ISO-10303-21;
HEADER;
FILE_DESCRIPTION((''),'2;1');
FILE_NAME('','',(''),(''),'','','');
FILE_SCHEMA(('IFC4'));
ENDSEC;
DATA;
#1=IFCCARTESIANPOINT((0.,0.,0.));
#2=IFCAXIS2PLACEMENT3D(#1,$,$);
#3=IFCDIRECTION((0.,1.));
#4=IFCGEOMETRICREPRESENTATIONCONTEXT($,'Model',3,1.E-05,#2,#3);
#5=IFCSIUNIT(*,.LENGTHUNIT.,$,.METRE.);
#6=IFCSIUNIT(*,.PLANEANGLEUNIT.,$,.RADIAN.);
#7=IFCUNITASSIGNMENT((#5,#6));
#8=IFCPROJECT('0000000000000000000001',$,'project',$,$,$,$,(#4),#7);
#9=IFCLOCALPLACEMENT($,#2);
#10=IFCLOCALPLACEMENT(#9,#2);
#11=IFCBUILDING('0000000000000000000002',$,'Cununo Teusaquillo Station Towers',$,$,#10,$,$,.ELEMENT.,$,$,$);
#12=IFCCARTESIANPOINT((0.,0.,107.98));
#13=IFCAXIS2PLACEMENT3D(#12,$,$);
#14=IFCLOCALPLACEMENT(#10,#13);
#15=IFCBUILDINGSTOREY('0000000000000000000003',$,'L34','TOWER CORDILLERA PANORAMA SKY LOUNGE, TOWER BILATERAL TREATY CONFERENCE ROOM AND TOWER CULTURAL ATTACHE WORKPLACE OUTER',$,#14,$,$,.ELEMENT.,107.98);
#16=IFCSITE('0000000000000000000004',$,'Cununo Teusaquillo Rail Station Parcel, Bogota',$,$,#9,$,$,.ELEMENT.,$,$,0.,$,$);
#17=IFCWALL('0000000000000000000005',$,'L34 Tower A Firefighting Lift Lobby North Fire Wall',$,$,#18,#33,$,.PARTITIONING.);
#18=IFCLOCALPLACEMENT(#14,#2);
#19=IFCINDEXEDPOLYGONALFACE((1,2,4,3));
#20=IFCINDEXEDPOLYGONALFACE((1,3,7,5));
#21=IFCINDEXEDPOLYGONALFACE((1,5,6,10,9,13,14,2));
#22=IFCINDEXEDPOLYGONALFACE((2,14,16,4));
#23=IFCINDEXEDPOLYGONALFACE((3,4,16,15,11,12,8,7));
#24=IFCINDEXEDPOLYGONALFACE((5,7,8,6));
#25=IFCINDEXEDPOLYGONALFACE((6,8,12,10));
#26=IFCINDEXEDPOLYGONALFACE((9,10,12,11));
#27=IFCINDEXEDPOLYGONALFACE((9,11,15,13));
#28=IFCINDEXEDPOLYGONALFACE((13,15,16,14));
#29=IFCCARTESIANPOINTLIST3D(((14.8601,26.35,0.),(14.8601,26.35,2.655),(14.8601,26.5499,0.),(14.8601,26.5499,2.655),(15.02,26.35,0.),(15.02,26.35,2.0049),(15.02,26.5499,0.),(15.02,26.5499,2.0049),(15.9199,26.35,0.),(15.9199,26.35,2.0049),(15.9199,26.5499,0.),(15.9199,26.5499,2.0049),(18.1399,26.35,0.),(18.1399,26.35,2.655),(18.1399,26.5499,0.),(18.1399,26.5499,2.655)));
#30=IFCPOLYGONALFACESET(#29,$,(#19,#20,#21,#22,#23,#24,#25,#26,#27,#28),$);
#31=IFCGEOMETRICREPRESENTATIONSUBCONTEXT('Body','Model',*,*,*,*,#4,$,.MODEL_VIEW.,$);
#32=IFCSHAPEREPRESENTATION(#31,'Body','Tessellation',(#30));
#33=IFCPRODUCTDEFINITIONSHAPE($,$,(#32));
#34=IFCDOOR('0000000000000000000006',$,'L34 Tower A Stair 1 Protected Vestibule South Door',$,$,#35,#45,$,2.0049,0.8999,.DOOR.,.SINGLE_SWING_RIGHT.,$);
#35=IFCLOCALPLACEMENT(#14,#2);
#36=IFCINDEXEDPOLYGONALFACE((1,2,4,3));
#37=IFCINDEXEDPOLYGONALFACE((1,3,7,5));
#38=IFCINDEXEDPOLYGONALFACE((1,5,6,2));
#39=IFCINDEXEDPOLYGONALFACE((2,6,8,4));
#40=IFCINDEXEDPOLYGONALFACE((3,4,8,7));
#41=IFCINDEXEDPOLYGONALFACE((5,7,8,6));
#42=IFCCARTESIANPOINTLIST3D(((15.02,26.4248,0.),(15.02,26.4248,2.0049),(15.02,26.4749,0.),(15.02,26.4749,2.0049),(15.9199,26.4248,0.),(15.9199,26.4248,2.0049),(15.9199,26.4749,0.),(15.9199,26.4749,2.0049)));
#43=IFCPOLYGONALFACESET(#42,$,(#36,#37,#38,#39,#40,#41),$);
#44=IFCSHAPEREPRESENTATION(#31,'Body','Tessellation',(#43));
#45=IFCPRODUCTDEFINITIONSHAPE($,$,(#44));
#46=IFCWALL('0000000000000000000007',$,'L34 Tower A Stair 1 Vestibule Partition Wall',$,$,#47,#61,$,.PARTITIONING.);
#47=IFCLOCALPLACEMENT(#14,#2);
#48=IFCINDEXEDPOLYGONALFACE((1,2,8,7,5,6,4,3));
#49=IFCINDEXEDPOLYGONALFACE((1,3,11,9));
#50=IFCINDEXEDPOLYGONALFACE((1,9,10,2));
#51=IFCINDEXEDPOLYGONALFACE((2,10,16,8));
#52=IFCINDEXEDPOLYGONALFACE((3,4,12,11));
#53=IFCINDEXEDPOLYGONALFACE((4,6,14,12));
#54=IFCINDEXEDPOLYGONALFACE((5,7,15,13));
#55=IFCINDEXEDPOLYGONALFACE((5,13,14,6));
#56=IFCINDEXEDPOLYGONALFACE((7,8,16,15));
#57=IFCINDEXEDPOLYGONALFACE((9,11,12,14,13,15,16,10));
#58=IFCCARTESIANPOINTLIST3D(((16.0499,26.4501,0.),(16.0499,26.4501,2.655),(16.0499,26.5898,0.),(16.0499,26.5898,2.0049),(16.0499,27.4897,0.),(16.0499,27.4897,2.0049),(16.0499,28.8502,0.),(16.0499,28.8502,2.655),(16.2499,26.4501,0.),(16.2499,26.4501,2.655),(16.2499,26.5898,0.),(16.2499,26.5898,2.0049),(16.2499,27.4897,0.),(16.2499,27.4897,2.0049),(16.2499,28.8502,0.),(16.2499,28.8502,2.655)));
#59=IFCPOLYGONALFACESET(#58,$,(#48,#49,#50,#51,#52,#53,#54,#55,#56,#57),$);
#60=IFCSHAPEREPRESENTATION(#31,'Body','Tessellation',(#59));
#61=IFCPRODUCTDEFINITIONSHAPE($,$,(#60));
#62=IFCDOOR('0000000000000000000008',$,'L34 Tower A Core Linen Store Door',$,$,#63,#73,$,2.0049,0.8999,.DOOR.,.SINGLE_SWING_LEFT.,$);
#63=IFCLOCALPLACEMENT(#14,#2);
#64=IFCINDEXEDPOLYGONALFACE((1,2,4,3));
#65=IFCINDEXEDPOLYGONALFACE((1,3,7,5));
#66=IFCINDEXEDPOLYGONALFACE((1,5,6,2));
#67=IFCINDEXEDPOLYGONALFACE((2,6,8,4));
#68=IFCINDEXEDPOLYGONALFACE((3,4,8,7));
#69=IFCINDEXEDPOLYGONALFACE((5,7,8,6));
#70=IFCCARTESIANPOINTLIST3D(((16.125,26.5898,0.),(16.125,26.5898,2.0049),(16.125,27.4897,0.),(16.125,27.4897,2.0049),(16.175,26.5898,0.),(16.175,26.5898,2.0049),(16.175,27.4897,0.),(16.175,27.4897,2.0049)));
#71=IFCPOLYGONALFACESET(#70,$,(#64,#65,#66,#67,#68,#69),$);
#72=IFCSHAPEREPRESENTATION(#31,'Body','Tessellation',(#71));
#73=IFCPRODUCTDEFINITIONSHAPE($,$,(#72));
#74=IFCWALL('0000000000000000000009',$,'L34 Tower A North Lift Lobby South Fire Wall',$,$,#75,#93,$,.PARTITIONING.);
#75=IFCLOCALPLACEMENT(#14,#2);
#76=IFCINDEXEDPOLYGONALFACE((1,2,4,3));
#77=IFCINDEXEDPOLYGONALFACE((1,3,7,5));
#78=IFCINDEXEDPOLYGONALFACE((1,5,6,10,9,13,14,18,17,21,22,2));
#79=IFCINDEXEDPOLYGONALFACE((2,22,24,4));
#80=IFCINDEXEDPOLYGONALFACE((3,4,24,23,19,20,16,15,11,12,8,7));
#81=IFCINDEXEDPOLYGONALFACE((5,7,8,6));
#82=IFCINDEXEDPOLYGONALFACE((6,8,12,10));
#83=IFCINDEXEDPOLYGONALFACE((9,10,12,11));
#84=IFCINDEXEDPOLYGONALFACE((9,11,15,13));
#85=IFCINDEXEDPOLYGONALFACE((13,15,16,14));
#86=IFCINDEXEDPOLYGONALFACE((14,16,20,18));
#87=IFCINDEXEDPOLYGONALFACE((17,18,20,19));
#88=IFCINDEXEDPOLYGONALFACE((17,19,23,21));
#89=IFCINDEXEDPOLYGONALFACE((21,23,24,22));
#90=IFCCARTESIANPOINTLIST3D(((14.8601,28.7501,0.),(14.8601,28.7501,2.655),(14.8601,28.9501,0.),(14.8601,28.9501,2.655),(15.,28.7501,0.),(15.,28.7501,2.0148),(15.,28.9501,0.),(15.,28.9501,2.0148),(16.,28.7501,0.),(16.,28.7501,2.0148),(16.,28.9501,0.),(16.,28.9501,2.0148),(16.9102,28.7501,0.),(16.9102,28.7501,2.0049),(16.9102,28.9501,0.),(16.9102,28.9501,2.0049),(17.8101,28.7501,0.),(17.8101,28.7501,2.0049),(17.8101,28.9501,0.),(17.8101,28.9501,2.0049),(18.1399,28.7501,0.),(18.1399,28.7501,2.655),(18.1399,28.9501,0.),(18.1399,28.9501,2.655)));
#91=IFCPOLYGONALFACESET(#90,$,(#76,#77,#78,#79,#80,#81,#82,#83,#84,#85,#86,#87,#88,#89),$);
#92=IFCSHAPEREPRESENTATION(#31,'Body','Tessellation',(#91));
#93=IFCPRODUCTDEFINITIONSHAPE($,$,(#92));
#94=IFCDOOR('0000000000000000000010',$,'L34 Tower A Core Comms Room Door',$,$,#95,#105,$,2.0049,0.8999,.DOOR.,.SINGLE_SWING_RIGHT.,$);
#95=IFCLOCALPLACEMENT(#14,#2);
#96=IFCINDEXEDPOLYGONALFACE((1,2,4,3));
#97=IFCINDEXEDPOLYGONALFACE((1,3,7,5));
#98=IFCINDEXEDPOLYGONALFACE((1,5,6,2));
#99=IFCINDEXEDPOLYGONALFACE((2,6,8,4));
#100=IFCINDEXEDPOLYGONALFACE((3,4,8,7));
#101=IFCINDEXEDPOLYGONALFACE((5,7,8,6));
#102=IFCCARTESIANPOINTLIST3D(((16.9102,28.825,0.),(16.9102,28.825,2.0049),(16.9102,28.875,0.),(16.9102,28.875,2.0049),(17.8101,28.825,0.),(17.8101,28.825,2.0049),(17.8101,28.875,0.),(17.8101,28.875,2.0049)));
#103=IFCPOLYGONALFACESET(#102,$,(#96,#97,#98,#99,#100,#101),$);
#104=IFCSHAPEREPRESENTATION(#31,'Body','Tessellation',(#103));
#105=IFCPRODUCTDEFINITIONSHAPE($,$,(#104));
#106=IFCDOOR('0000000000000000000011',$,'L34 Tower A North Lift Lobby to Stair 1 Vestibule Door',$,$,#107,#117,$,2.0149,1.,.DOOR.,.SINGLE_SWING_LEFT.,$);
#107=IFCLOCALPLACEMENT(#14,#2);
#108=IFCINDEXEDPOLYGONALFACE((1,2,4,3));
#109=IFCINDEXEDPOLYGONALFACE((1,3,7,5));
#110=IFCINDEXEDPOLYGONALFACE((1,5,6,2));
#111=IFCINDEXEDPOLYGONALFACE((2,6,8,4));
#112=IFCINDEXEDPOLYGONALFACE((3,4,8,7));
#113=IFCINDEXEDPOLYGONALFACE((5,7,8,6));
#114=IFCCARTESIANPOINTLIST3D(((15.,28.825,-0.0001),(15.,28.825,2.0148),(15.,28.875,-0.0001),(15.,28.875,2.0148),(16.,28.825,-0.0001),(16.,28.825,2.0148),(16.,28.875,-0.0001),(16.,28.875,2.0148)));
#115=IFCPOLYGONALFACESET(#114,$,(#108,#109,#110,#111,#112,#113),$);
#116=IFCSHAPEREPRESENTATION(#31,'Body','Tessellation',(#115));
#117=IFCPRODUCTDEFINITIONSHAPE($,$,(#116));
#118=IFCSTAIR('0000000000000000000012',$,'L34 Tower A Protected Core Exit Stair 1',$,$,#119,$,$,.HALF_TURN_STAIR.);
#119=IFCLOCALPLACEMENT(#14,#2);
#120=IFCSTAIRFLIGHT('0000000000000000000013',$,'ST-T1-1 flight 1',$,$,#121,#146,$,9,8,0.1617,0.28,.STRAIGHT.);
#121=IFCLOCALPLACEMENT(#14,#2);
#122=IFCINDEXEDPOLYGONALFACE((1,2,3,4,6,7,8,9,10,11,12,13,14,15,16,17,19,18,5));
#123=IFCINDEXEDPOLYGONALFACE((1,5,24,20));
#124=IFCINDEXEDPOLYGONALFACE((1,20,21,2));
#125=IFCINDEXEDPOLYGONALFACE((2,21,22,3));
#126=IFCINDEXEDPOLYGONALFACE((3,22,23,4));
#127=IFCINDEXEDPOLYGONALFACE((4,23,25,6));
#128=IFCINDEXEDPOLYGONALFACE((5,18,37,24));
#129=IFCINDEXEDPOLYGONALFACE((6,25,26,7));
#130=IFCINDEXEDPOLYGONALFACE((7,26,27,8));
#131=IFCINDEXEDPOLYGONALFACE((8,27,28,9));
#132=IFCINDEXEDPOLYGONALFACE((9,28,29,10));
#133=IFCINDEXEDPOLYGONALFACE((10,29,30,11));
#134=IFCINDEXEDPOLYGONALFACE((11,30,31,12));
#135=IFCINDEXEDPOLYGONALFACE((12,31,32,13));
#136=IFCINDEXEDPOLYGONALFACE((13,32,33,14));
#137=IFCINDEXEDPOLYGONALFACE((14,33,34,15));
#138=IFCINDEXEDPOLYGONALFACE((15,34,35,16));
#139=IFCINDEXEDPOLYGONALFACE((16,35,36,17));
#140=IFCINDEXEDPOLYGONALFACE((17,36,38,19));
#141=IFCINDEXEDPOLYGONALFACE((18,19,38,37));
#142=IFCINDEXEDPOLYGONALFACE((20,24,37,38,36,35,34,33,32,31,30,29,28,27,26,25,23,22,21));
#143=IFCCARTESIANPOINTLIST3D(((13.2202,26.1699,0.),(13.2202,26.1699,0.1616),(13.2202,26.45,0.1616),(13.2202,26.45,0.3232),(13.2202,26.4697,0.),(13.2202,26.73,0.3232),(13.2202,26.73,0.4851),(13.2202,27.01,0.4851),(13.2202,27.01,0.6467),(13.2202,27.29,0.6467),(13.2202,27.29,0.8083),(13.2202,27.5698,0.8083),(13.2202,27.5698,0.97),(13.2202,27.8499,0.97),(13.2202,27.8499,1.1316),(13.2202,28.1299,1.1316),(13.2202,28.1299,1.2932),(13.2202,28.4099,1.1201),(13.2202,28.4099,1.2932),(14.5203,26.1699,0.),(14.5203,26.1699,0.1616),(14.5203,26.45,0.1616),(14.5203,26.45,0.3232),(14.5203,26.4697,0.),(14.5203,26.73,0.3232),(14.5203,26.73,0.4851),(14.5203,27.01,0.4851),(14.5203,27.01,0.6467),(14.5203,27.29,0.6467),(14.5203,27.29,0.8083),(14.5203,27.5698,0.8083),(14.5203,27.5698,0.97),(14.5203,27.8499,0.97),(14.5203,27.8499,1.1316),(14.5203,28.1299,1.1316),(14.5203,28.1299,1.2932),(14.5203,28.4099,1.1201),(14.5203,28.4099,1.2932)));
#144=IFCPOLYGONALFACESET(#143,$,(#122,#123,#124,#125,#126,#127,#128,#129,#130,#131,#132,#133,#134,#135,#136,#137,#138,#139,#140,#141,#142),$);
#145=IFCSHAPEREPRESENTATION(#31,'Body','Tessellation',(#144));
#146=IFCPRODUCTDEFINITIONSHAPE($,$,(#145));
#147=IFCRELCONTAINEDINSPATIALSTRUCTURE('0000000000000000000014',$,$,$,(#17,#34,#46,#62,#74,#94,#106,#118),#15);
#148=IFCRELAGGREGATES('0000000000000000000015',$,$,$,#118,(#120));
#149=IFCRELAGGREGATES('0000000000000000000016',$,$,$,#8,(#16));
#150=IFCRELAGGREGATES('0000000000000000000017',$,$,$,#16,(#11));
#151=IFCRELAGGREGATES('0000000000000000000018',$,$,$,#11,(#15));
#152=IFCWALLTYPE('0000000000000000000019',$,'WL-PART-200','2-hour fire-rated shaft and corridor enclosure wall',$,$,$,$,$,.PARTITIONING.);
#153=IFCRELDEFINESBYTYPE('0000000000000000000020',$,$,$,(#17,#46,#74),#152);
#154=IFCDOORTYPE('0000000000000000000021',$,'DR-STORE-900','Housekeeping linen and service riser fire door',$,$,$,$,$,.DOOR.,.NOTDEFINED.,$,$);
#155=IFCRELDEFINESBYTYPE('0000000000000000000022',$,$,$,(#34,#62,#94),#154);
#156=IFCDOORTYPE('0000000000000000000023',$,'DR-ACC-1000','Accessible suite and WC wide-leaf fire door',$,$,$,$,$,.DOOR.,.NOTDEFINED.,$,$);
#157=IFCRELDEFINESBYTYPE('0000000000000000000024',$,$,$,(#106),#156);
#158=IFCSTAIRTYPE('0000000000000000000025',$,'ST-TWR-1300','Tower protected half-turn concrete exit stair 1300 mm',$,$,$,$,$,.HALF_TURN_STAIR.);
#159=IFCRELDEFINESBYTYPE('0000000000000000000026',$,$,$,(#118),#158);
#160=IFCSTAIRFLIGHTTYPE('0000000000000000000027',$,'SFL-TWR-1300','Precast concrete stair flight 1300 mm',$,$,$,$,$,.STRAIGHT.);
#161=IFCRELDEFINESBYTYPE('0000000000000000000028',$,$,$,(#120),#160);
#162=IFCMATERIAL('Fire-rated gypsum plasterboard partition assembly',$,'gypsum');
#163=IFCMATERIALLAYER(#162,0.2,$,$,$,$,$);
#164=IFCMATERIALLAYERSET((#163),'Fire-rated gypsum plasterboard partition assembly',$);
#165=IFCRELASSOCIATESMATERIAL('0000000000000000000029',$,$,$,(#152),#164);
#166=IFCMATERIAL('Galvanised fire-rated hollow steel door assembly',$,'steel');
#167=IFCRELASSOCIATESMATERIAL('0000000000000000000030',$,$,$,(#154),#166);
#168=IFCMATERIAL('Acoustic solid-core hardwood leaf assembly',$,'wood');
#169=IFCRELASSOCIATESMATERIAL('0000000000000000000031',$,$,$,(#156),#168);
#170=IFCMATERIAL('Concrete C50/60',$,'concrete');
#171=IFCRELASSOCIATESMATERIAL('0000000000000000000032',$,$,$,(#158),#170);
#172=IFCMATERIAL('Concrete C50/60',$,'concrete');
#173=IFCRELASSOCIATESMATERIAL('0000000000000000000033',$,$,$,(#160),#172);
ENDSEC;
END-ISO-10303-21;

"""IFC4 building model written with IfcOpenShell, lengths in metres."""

from ifc_helpers import new_model, si_unit, direction, frame, frame_2d, origin, place, context, subcontext, project, spatial, polyline, rectangle, outline, extrude, source, transform, mapped, material, layer, layer_set, type_object, element, fill, aggregate, save


model = new_model("IFC4")

# Units and contexts
model_context = context("Model", 3, precision=1e-05, world=origin(), true_north=direction((0.0, 1.0)))
body_context = subcontext(model_context, "Body", "Model", "MODEL_VIEW")
ifc_project = project(units=[si_unit("LENGTHUNIT", "METRE"), si_unit("PLANEANGLEUNIT", "RADIAN")], contexts=[model_context])

# Site, building, storey
site_placement = place(None, origin())
site = spatial("IfcSite", under=ifc_project, at=site_placement, Name="Cununo Teusaquillo Rail Station Parcel, Bogota", CompositionType="ELEMENT", RefElevation=0.0)
building_placement = place(site_placement, origin())
building = spatial("IfcBuilding", under=site, at=building_placement, Name="Cununo Teusaquillo Station Towers", CompositionType="ELEMENT")
storey_placement = place(building_placement, frame((0.0, 0.0, 107.98)))
storey = spatial("IfcBuildingStorey", under=building, at=storey_placement, Name="L34", Description="TOWER CORDILLERA PANORAMA SKY LOUNGE, TOWER BILATERAL TREATY CONFERENCE ROOM AND TOWER CULTURAL ATTACHE WORKPLACE OUTER", CompositionType="ELEMENT", Elevation=107.98)

# Walls, openings, doors
ifc_material_1 = material(Name="Fire-rated gypsum plasterboard partition assembly", Category="gypsum")
ifc_layer_1 = layer(ifc_material_1, 0.2)
ifc_layer_set_1 = layer_set([ifc_layer_1], Name="Fire-rated gypsum plasterboard partition assembly")
wall_type_1 = type_object("IfcWallType", Name="WL-PART-200", Description="2-hour fire-rated shaft and corridor enclosure wall", PredefinedType="PARTITIONING", material=ifc_layer_set_1)
wall_1_placement = place(storey_placement, frame((14.8601, 26.45, 0.0), z_axis=(0.0, 0.0, 1.0), x_axis=(1.0, 0.0, 0.0)))
wall_1 = element("IfcWall", 1, at=wall_1_placement, inside=storey, type_object=wall_type_1, Name="L34 Tower A Firefighting Lift Lobby North Fire Wall", PredefinedType="PARTITIONING", context=body_context, shape_type="SweptSolid", body=[
    extrude(rectangle(XDim=3.2798, YDim=0.2, at=frame_2d((1.6399, 0.0))), origin(), (0.0, 0.0, 1.0), 2.655),
])
shared_shape_1 = source(origin(), body_context, "Body", "SweptSolid", [
    extrude(rectangle(XDim=0.8999, YDim=2.0049, at=frame_2d((0.45, 1.0024))), frame((0.0, 0.1099, 0.0), z_axis=(0.0, -1.0, 0.0), x_axis=(1.0, 0.0, 0.0)), (0.0, 0.0, 1.0), 0.22),
])
opening_1_placement = place(wall_1_placement, frame((0.1599, 0.0, 0.0)))
opening_1 = element("IfcOpeningElement", 2, at=opening_1_placement, cuts=wall_1, PredefinedType="OPENING", context=body_context, shape_type="MappedRepresentation", body=[
    mapped(shared_shape_1, transform((0.0, 0.0, 0.0), x_axis=(1.0, 0.0, 0.0), y_axis=(0.0, 1.0, 0.0), z_axis=(0.0, 0.0, 1.0), scale=1.0)),
])
ifc_material_2 = material(Name="Galvanised fire-rated hollow steel door assembly", Category="steel")
door_type_1 = type_object("IfcDoorType", Name="DR-STORE-900", Description="Housekeeping linen and service riser fire door", OperationType="NOTDEFINED", PredefinedType="DOOR", material=ifc_material_2)
shared_shape_2 = source(origin(), body_context, "Body", "SweptSolid", [
    extrude(rectangle(XDim=0.8999, YDim=2.0049, at=frame_2d((0.45, 1.0024))), frame((0.0, 0.0249, 0.0), z_axis=(0.0, -1.0, 0.0), x_axis=(1.0, 0.0, 0.0)), (0.0, 0.0, 1.0), 0.05),
])
door_1_placement = place(opening_1_placement, origin())
door_1 = element("IfcDoor", 3, at=door_1_placement, inside=storey, type_object=door_type_1, Name="L34 Tower A Stair 1 Protected Vestibule South Door", OperationType="SINGLE_SWING_RIGHT", OverallHeight=2.0049, OverallWidth=0.8999, PredefinedType="DOOR", context=body_context, shape_type="MappedRepresentation", body=[
    mapped(shared_shape_2, transform((0.0, 0.0, 0.0), x_axis=(1.0, 0.0, 0.0), y_axis=(0.0, 1.0, 0.0), z_axis=(0.0, 0.0, 1.0), scale=1.0)),
])
fill(opening_1, door_1)
wall_2_placement = place(storey_placement, frame((16.1499, 26.45, 0.0), z_axis=(0.0, 0.0, 1.0), x_axis=(0.0, 1.0, 0.0)))
wall_2 = element("IfcWall", 4, at=wall_2_placement, inside=storey, type_object=wall_type_1, Name="L34 Tower A Stair 1 Vestibule Partition Wall", PredefinedType="PARTITIONING", context=body_context, shape_type="SweptSolid", body=[
    extrude(rectangle(XDim=2.4001, YDim=0.2, at=frame_2d((1.2002, 0.0))), origin(), (0.0, 0.0, 1.0), 2.655),
])
opening_2_placement = place(wall_2_placement, frame((0.1399, 0.0, 0.0)))
opening_2 = element("IfcOpeningElement", 5, at=opening_2_placement, cuts=wall_2, PredefinedType="OPENING", context=body_context, shape_type="MappedRepresentation", body=[
    mapped(shared_shape_1, transform((0.0, 0.0, 0.0), x_axis=(1.0, 0.0, 0.0), y_axis=(0.0, 1.0, 0.0), z_axis=(0.0, 0.0, 1.0), scale=1.0)),
])
door_2_placement = place(opening_2_placement, origin())
door_2 = element("IfcDoor", 6, at=door_2_placement, inside=storey, type_object=door_type_1, Name="L34 Tower A Core Linen Store Door", OperationType="SINGLE_SWING_LEFT", OverallHeight=2.0049, OverallWidth=0.8999, PredefinedType="DOOR", context=body_context, shape_type="MappedRepresentation", body=[
    mapped(shared_shape_2, transform((0.0, 0.0, 0.0), x_axis=(1.0, 0.0, 0.0), y_axis=(0.0, 1.0, 0.0), z_axis=(0.0, 0.0, 1.0), scale=1.0)),
])
fill(opening_2, door_2)

# Wall, openings, doors
wall_3_placement = place(storey_placement, frame((14.8601, 28.8501, 0.0), z_axis=(0.0, 0.0, 1.0), x_axis=(1.0, 0.0, 0.0)))
wall_3 = element("IfcWall", 7, at=wall_3_placement, inside=storey, type_object=wall_type_1, Name="L34 Tower A North Lift Lobby South Fire Wall", PredefinedType="PARTITIONING", context=body_context, shape_type="SweptSolid", body=[
    extrude(rectangle(XDim=3.2798, YDim=0.2, at=frame_2d((1.6399, 0.0))), origin(), (0.0, 0.0, 1.0), 2.655),
])
shared_shape_3 = source(origin(), body_context, "Body", "SweptSolid", [
    extrude(rectangle(XDim=1.0, YDim=2.0149, at=frame_2d((0.5, 1.0073))), frame((0.0, 0.1099, 0.0), z_axis=(0.0, -1.0, 0.0), x_axis=(1.0, 0.0, 0.0)), (0.0, 0.0, 1.0), 0.22),
])
opening_3_placement = place(wall_3_placement, frame((0.1399, 0.0, 0.0)))
opening_3 = element("IfcOpeningElement", 8, at=opening_3_placement, cuts=wall_3, PredefinedType="OPENING", context=body_context, shape_type="MappedRepresentation", body=[
    mapped(shared_shape_3, transform((0.0, 0.0, 0.0), x_axis=(1.0, 0.0, 0.0), y_axis=(0.0, 1.0, 0.0), z_axis=(0.0, 0.0, 1.0), scale=1.0)),
])
opening_4_placement = place(wall_3_placement, frame((2.05, 0.0, 0.0)))
opening_4 = element("IfcOpeningElement", 9, at=opening_4_placement, cuts=wall_3, PredefinedType="OPENING", context=body_context, shape_type="MappedRepresentation", body=[
    mapped(shared_shape_1, transform((0.0, 0.0, 0.0), x_axis=(1.0, 0.0, 0.0), y_axis=(0.0, 1.0, 0.0), z_axis=(0.0, 0.0, 1.0), scale=1.0)),
])
door_3_placement = place(opening_4_placement, origin())
door_3 = element("IfcDoor", 10, at=door_3_placement, inside=storey, type_object=door_type_1, Name="L34 Tower A Core Comms Room Door", OperationType="SINGLE_SWING_RIGHT", OverallHeight=2.0049, OverallWidth=0.8999, PredefinedType="DOOR", context=body_context, shape_type="MappedRepresentation", body=[
    mapped(shared_shape_2, transform((0.0, 0.0, 0.0), x_axis=(1.0, 0.0, 0.0), y_axis=(0.0, 1.0, 0.0), z_axis=(0.0, 0.0, 1.0), scale=1.0)),
])
fill(opening_4, door_3)
ifc_material_3 = material(Name="Acoustic solid-core hardwood leaf assembly", Category="wood")
door_type_2 = type_object("IfcDoorType", Name="DR-ACC-1000", Description="Accessible suite and WC wide-leaf fire door", OperationType="NOTDEFINED", PredefinedType="DOOR", material=ifc_material_3)
shared_shape_4 = source(origin(), body_context, "Body", "SweptSolid", [
    extrude(rectangle(XDim=1.0, YDim=2.0149, at=frame_2d((0.5, 1.0073))), frame((0.0, 0.0249, 0.0), z_axis=(0.0, -1.0, 0.0), x_axis=(1.0, 0.0, 0.0)), (0.0, 0.0, 1.0), 0.05),
])
door_4_placement = place(opening_3_placement, origin())
door_4 = element("IfcDoor", 11, at=door_4_placement, inside=storey, type_object=door_type_2, Name="L34 Tower A North Lift Lobby to Stair 1 Vestibule Door", OperationType="SINGLE_SWING_LEFT", OverallHeight=2.0149, OverallWidth=1.0, PredefinedType="DOOR", context=body_context, shape_type="MappedRepresentation", body=[
    mapped(shared_shape_4, transform((0.0, 0.0, 0.0), x_axis=(1.0, 0.0, 0.0), y_axis=(0.0, 1.0, 0.0), z_axis=(0.0, 0.0, 1.0), scale=1.0)),
])
fill(opening_3, door_4)

# Stair, stair flight
ifc_material_4 = material(Name="Concrete C50/60", Category="concrete")
stair_type = type_object("IfcStairType", Name="ST-TWR-1300", Description="Tower protected half-turn concrete exit stair 1300 mm", PredefinedType="HALF_TURN_STAIR", material=ifc_material_4)
stair_placement = place(storey_placement, origin())
stair = element("IfcStair", 12, at=stair_placement, inside=storey, type_object=stair_type, Name="L34 Tower A Protected Core Exit Stair 1", PredefinedType="HALF_TURN_STAIR")
ifc_material_5 = material(Name="Concrete C50/60", Category="concrete")
stair_flight_type = type_object("IfcStairFlightType", Name="SFL-TWR-1300", Description="Precast concrete stair flight 1300 mm", PredefinedType="STRAIGHT", material=ifc_material_5)
stair_flight_1_placement = place(storey_placement, frame((13.8701, 26.1699, 0.0), z_axis=(0.0, 0.0, 1.0), x_axis=(0.0, 1.0, 0.0)))
stair_flight_1 = element("IfcStairFlight", 13, at=stair_flight_1_placement, type_object=stair_flight_type, Name="ST-T1-1 flight 1", NumberOfRisers=9, NumberOfTreads=8, PredefinedType="STRAIGHT", RiserHeight=0.1617, TreadLength=0.28, context=body_context, shape_type="SweptSolid", body=[
    extrude(outline(polyline([(0.0, 0.0), (0.0, 0.1616), (0.28, 0.1616), (0.28, 0.3232), (0.5601, 0.3232), (0.5601, 0.4851), (0.8401, 0.4851), (0.8401, 0.6467), (1.1201, 0.6467), (1.1201, 0.8083), (1.3999, 0.8083), (1.3999, 0.97), (1.6799, 0.97), (1.6799, 1.1316), (1.96, 1.1316), (1.96, 1.2932), (2.24, 1.2932), (2.24, 1.4551), (2.24, 1.1201), (0.2998, 0.0), (0.0, 0.0)])), frame((0.0, 0.6499, 0.0), z_axis=(0.0, -1.0, 0.0), x_axis=(1.0, 0.0, 0.0)), (0.0, 0.0, 1.0), 1.3),
])
aggregate(stair, [stair_flight_1])

save(model, "model.ifc")
